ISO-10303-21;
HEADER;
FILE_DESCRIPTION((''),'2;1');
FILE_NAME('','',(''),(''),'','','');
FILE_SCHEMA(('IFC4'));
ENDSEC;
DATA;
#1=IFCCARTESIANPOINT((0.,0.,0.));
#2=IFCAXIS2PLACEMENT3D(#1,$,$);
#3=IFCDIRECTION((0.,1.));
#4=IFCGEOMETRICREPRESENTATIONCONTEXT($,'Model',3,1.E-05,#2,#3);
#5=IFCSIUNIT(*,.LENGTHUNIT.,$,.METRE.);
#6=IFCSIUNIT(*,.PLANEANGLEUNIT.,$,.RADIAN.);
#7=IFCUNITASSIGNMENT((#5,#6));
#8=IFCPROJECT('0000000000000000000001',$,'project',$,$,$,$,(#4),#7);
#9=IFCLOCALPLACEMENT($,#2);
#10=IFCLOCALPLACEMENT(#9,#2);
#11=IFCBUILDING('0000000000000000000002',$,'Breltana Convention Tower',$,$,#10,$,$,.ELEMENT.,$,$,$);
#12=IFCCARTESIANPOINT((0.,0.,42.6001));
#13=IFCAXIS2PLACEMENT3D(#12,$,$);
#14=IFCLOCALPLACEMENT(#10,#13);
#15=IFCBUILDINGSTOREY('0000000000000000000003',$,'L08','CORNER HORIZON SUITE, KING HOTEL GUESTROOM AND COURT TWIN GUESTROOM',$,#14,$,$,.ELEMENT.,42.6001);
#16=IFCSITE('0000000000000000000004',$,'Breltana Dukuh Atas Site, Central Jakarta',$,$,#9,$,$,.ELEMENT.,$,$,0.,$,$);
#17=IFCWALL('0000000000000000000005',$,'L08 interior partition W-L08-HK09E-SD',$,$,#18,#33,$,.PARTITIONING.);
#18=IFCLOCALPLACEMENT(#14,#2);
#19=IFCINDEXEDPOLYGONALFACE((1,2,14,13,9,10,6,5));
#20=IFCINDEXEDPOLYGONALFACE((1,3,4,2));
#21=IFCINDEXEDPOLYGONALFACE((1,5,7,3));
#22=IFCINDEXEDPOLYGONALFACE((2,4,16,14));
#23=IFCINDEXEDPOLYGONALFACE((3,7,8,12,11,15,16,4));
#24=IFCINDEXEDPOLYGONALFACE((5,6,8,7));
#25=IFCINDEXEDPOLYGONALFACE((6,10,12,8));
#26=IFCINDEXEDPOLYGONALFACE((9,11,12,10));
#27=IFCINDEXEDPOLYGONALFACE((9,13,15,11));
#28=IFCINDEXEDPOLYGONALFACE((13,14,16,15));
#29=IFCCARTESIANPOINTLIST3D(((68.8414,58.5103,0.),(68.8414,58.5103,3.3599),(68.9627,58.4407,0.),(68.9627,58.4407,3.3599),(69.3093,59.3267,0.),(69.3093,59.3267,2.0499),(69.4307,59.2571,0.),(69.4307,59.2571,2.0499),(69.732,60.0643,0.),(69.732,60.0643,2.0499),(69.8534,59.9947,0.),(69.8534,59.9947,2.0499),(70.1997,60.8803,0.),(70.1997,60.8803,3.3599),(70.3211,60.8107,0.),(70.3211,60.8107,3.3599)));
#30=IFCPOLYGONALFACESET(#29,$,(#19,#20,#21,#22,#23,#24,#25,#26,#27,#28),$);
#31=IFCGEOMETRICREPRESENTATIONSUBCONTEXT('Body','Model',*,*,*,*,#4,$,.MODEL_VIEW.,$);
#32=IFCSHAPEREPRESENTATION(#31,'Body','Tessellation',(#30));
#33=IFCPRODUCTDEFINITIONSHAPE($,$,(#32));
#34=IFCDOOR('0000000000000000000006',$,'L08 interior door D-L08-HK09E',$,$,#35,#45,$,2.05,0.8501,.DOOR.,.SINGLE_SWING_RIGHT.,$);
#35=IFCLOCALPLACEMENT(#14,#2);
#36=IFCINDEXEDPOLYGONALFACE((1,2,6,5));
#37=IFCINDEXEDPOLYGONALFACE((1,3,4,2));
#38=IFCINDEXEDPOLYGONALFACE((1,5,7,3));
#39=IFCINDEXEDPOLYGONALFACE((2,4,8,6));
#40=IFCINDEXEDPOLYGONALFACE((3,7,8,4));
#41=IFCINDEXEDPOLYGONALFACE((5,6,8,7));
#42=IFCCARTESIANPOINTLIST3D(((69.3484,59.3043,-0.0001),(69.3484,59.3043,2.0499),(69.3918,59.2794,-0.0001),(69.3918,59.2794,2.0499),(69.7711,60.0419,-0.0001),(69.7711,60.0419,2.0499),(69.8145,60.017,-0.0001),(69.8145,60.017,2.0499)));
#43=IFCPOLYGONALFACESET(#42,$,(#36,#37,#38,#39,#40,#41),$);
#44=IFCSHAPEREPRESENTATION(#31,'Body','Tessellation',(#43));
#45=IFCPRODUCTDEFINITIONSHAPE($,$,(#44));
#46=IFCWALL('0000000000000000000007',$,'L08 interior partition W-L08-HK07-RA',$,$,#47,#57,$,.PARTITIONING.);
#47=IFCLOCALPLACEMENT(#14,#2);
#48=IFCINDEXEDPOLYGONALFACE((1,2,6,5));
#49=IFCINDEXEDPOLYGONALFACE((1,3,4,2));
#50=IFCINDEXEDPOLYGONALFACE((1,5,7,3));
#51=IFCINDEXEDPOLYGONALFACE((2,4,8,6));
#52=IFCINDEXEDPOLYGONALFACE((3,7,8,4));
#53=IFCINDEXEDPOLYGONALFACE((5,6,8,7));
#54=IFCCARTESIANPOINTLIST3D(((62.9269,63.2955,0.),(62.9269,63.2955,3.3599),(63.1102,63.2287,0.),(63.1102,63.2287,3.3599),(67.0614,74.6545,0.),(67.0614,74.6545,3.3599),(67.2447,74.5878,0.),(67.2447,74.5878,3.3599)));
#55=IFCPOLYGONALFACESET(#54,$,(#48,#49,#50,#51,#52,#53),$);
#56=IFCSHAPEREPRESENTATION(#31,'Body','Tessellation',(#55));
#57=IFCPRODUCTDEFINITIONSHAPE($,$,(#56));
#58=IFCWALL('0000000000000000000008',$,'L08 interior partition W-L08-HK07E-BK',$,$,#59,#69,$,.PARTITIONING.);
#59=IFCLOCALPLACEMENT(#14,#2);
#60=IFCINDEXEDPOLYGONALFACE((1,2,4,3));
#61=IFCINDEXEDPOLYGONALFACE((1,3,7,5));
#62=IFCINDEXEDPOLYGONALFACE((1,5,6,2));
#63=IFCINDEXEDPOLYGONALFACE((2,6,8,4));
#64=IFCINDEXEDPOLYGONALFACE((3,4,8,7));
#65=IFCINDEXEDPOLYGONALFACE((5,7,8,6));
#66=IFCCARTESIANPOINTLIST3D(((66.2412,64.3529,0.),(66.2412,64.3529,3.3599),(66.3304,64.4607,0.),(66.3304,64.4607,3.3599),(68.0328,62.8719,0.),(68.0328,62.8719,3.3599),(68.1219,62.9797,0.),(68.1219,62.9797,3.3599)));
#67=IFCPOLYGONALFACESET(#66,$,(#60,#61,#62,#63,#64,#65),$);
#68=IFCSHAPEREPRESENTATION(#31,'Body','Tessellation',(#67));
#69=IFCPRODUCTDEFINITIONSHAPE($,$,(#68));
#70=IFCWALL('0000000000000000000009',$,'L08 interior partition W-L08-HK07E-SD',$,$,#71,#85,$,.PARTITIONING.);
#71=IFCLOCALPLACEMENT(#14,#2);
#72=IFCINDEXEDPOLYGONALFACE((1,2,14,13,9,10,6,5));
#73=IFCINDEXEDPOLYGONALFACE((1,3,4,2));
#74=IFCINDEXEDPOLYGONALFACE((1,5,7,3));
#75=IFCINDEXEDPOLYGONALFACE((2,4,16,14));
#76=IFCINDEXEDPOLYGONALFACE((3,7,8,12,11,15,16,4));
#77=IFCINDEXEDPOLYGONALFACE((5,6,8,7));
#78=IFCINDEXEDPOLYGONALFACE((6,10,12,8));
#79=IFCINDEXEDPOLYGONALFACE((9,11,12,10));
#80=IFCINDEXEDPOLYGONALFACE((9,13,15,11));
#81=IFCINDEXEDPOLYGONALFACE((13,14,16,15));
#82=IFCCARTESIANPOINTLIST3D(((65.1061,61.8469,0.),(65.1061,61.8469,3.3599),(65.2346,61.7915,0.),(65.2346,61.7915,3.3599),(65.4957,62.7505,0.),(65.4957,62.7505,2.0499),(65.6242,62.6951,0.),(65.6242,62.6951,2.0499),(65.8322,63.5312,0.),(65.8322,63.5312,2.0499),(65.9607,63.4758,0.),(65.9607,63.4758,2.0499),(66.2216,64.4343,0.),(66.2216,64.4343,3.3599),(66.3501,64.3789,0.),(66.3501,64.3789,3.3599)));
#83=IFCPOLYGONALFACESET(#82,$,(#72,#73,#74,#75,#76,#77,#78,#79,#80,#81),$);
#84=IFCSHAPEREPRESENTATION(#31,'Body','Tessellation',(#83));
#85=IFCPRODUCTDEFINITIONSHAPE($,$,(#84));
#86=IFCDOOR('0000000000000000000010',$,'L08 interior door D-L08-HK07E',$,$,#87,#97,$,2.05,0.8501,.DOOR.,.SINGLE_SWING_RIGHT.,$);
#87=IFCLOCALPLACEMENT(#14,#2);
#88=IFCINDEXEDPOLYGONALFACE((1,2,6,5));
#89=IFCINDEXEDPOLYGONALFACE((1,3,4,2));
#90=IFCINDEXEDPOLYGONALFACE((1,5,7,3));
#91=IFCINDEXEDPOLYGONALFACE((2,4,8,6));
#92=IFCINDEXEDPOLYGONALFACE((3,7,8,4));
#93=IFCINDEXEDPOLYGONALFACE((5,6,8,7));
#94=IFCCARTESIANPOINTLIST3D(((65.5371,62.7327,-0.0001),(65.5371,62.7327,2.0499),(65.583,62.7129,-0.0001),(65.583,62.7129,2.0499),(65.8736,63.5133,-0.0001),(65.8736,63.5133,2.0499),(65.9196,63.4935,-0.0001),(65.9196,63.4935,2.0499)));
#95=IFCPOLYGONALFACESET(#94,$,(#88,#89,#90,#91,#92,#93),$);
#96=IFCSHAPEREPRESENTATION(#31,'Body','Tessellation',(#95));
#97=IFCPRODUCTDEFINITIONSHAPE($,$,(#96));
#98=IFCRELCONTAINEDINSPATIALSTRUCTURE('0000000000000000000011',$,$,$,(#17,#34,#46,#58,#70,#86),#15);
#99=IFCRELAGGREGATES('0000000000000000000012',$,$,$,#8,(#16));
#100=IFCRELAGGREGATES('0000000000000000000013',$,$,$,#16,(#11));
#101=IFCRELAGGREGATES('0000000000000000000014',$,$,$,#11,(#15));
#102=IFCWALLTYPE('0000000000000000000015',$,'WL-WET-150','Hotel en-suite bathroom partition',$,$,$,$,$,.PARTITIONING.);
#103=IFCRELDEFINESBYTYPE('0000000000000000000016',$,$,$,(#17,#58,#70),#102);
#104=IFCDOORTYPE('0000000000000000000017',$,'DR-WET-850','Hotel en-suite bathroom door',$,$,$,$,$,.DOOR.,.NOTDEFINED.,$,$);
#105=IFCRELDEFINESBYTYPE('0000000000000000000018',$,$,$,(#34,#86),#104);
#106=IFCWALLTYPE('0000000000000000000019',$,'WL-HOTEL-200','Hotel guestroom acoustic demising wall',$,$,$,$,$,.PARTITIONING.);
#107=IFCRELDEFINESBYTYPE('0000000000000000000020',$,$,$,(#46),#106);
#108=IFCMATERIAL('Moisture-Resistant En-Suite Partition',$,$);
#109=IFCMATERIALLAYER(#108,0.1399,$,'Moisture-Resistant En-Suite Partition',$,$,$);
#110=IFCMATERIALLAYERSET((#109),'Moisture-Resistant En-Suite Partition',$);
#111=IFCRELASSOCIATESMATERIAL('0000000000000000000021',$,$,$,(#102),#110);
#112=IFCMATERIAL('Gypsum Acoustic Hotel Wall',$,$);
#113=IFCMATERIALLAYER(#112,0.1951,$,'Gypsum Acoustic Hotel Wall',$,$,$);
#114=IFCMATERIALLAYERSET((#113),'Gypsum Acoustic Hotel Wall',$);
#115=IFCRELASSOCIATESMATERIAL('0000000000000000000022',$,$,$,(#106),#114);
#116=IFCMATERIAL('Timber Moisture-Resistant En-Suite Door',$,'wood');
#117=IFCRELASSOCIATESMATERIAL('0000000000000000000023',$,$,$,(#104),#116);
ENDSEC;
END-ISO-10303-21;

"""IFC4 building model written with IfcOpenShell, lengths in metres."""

from ifc_helpers import new_model, si_unit, direction, frame, frame_2d, origin, place, context, subcontext, project, spatial, rectangle, extrude, source, transform, mapped, material, layer, layer_set, type_object, type_shapes, element, fill, save


model = new_model("IFC4")

# Units and contexts
model_context = context("Model", 3, precision=1e-05, world=origin(), true_north=direction((0.0, 1.0)))
body_context = subcontext(model_context, "Body", "Model", "MODEL_VIEW")
ifc_project = project(units=[si_unit("LENGTHUNIT", "METRE"), si_unit("PLANEANGLEUNIT", "RADIAN")], contexts=[model_context])

# Site, building, storey
site_placement = place(None, origin())
site = spatial("IfcSite", under=ifc_project, at=site_placement, Name="Breltana Dukuh Atas Site, Central Jakarta", CompositionType="ELEMENT", RefElevation=0.0)
building_placement = place(site_placement, origin())
building = spatial("IfcBuilding", under=site, at=building_placement, Name="Breltana Convention Tower", CompositionType="ELEMENT")
storey_placement = place(building_placement, frame((0.0, 0.0, 42.6001)))
storey = spatial("IfcBuildingStorey", under=building, at=storey_placement, Name="L08", Description="CORNER HORIZON SUITE, KING HOTEL GUESTROOM AND COURT TWIN GUESTROOM", CompositionType="ELEMENT", Elevation=42.6001)

# Shared definitions
ifc_material_1 = material(Name="Moisture-Resistant En-Suite Partition")
ifc_layer_1 = layer(ifc_material_1, 0.1399, Name="Moisture-Resistant En-Suite Partition")
ifc_layer_set_1 = layer_set([ifc_layer_1], Name="Moisture-Resistant En-Suite Partition")
wall_type_1 = type_object("IfcWallType", Name="WL-WET-150", Description="Hotel en-suite bathroom partition", PredefinedType="PARTITIONING", material=ifc_layer_set_1)

# Shared definitions
ifc_material_2 = material(Name="Gypsum Acoustic Hotel Wall")
ifc_layer_2 = layer(ifc_material_2, 0.1951, Name="Gypsum Acoustic Hotel Wall")
ifc_layer_set_2 = layer_set([ifc_layer_2], Name="Gypsum Acoustic Hotel Wall")
wall_type_2 = type_object("IfcWallType", Name="WL-HOTEL-200", Description="Hotel guestroom acoustic demising wall", PredefinedType="PARTITIONING", material=ifc_layer_set_2)

# Wall, opening, door
shared_shape_1 = source(origin(), body_context, "Body", "SweptSolid", [
    extrude(rectangle(XDim=2.7317, YDim=0.1399, at=frame_2d((1.3657, 0.0))), origin(), (0.0, 0.0, 1.0), 3.3599),
])
wall_1_placement = place(storey_placement, frame((68.9021, 58.4756, 0.0), z_axis=(0.0, 0.0, 1.0), x_axis=(0.497255, 0.867604, 0.0)))
wall_1 = element("IfcWall", 1, at=wall_1_placement, inside=storey, type_object=wall_type_1, Name="L08 interior partition W-L08-HK09E-SD", PredefinedType="PARTITIONING", context=body_context, shape_type="MappedRepresentation", body=[
    mapped(shared_shape_1, transform((0.0, 0.0, 0.0), scale=1.0)),
])
opening_1_placement = place(wall_1_placement, frame((0.9409, 0.0, 0.0)))
opening_1 = element("IfcOpeningElement", 2, at=opening_1_placement, cuts=wall_1, PredefinedType="OPENING", context=body_context, shape_type="SweptSolid", body=[
    extrude(rectangle(XDim=0.8501, YDim=2.05, at=frame_2d((0.425, 1.0249))), frame((0.0, 0.0801, 0.0), z_axis=(0.0, -1.0, 0.0), x_axis=(1.0, 0.0, 0.0)), (0.0, 0.0, 1.0), 0.1599),
])
ifc_material_3 = material(Name="Timber Moisture-Resistant En-Suite Door", Category="wood")
door_type_1 = type_object("IfcDoorType", Name="DR-WET-850", Description="Hotel en-suite bathroom door", OperationType="NOTDEFINED", PredefinedType="DOOR", material=ifc_material_3)
shared_shape_2 = source(origin(), body_context, "Body", "SweptSolid", [
    extrude(rectangle(XDim=0.8501, YDim=2.05, at=frame_2d((0.425, 1.0249))), frame((0.0, 0.0249, 0.0), z_axis=(0.0, -1.0, 0.0), x_axis=(1.0, 0.0, 0.0)), (0.0, 0.0, 1.0), 0.05),
])
type_shapes(door_type_1, [shared_shape_2])
door_1_placement = place(opening_1_placement, origin())
door_1 = element("IfcDoor", 3, at=door_1_placement, inside=storey, type_object=door_type_1, Name="L08 interior door D-L08-HK09E", OperationType="SINGLE_SWING_RIGHT", OverallHeight=2.05, OverallWidth=0.8501, PredefinedType="DOOR", context=body_context, shape_type="MappedRepresentation", body=[
    mapped(shared_shape_2, transform((0.0, 0.0, 0.0), scale=1.0)),
])
fill(opening_1, door_1)

# Walls
shared_shape_3 = source(origin(), body_context, "Body", "SweptSolid", [
    extrude(rectangle(XDim=12.0881, YDim=0.1951, at=frame_2d((6.0439, 0.0))), origin(), (0.0, 0.0, 1.0), 3.3599),
])
wall_2_placement = place(storey_placement, frame((63.0186, 63.2622, 0.0), z_axis=(0.0, 0.0, 1.0), x_axis=(0.34203, 0.939689, 0.0)))
element("IfcWall", 4, at=wall_2_placement, inside=storey, type_object=wall_type_2, Name="L08 interior partition W-L08-HK07-RA", PredefinedType="PARTITIONING", context=body_context, shape_type="MappedRepresentation", body=[
    mapped(shared_shape_3, transform((0.0, 0.0, 0.0), scale=1.0)),
])
shared_shape_4 = source(origin(), body_context, "Body", "SweptSolid", [
    extrude(rectangle(XDim=2.3245, YDim=0.1399, at=frame_2d((1.1621, 0.0))), origin(), (0.0, 0.0, 1.0), 3.3599),
])
wall_3_placement = place(storey_placement, frame((66.2859, 64.4067, 0.0), z_axis=(0.0, 0.0, 1.0), x_axis=(0.770746, -0.637142, 0.0)))
element("IfcWall", 5, at=wall_3_placement, inside=storey, type_object=wall_type_1, Name="L08 interior partition W-L08-HK07E-BK", PredefinedType="PARTITIONING", context=body_context, shape_type="MappedRepresentation", body=[
    mapped(shared_shape_4, transform((0.0, 0.0, 0.0), scale=1.0)),
])

# Wall, opening, door
shared_shape_5 = source(origin(), body_context, "Body", "SweptSolid", [
    extrude(rectangle(XDim=2.8176, YDim=0.1399, at=frame_2d((1.4087, 0.0))), origin(), (0.0, 0.0, 1.0), 3.3599),
])
wall_4_placement = place(storey_placement, frame((65.1704, 61.8193, 0.0), z_axis=(0.0, 0.0, 1.0), x_axis=(0.395895, 0.918296, 0.0)))
wall_4 = element("IfcWall", 6, at=wall_4_placement, inside=storey, type_object=wall_type_1, Name="L08 interior partition W-L08-HK07E-SD", PredefinedType="PARTITIONING", context=body_context, shape_type="MappedRepresentation", body=[
    mapped(shared_shape_5, transform((0.0, 0.0, 0.0), scale=1.0)),
])
opening_2_placement = place(wall_4_placement, frame((0.9839, 0.0, 0.0)))
opening_2 = element("IfcOpeningElement", 7, at=opening_2_placement, cuts=wall_4, PredefinedType="OPENING", context=body_context, shape_type="SweptSolid", body=[
    extrude(rectangle(XDim=0.8501, YDim=2.05, at=frame_2d((0.425, 1.0249))), frame((0.0, 0.0801, 0.0), z_axis=(0.0, -1.0, 0.0), x_axis=(1.0, 0.0, 0.0)), (0.0, 0.0, 1.0), 0.1599),
])
door_2_placement = place(opening_2_placement, origin())
door_2 = element("IfcDoor", 8, at=door_2_placement, inside=storey, type_object=door_type_1, Name="L08 interior door D-L08-HK07E", OperationType="SINGLE_SWING_RIGHT", OverallHeight=2.05, OverallWidth=0.8501, PredefinedType="DOOR", context=body_context, shape_type="MappedRepresentation", body=[
    mapped(shared_shape_2, transform((0.0, 0.0, 0.0), scale=1.0)),
])
fill(opening_2, door_2)

save(model, "model.ifc")
